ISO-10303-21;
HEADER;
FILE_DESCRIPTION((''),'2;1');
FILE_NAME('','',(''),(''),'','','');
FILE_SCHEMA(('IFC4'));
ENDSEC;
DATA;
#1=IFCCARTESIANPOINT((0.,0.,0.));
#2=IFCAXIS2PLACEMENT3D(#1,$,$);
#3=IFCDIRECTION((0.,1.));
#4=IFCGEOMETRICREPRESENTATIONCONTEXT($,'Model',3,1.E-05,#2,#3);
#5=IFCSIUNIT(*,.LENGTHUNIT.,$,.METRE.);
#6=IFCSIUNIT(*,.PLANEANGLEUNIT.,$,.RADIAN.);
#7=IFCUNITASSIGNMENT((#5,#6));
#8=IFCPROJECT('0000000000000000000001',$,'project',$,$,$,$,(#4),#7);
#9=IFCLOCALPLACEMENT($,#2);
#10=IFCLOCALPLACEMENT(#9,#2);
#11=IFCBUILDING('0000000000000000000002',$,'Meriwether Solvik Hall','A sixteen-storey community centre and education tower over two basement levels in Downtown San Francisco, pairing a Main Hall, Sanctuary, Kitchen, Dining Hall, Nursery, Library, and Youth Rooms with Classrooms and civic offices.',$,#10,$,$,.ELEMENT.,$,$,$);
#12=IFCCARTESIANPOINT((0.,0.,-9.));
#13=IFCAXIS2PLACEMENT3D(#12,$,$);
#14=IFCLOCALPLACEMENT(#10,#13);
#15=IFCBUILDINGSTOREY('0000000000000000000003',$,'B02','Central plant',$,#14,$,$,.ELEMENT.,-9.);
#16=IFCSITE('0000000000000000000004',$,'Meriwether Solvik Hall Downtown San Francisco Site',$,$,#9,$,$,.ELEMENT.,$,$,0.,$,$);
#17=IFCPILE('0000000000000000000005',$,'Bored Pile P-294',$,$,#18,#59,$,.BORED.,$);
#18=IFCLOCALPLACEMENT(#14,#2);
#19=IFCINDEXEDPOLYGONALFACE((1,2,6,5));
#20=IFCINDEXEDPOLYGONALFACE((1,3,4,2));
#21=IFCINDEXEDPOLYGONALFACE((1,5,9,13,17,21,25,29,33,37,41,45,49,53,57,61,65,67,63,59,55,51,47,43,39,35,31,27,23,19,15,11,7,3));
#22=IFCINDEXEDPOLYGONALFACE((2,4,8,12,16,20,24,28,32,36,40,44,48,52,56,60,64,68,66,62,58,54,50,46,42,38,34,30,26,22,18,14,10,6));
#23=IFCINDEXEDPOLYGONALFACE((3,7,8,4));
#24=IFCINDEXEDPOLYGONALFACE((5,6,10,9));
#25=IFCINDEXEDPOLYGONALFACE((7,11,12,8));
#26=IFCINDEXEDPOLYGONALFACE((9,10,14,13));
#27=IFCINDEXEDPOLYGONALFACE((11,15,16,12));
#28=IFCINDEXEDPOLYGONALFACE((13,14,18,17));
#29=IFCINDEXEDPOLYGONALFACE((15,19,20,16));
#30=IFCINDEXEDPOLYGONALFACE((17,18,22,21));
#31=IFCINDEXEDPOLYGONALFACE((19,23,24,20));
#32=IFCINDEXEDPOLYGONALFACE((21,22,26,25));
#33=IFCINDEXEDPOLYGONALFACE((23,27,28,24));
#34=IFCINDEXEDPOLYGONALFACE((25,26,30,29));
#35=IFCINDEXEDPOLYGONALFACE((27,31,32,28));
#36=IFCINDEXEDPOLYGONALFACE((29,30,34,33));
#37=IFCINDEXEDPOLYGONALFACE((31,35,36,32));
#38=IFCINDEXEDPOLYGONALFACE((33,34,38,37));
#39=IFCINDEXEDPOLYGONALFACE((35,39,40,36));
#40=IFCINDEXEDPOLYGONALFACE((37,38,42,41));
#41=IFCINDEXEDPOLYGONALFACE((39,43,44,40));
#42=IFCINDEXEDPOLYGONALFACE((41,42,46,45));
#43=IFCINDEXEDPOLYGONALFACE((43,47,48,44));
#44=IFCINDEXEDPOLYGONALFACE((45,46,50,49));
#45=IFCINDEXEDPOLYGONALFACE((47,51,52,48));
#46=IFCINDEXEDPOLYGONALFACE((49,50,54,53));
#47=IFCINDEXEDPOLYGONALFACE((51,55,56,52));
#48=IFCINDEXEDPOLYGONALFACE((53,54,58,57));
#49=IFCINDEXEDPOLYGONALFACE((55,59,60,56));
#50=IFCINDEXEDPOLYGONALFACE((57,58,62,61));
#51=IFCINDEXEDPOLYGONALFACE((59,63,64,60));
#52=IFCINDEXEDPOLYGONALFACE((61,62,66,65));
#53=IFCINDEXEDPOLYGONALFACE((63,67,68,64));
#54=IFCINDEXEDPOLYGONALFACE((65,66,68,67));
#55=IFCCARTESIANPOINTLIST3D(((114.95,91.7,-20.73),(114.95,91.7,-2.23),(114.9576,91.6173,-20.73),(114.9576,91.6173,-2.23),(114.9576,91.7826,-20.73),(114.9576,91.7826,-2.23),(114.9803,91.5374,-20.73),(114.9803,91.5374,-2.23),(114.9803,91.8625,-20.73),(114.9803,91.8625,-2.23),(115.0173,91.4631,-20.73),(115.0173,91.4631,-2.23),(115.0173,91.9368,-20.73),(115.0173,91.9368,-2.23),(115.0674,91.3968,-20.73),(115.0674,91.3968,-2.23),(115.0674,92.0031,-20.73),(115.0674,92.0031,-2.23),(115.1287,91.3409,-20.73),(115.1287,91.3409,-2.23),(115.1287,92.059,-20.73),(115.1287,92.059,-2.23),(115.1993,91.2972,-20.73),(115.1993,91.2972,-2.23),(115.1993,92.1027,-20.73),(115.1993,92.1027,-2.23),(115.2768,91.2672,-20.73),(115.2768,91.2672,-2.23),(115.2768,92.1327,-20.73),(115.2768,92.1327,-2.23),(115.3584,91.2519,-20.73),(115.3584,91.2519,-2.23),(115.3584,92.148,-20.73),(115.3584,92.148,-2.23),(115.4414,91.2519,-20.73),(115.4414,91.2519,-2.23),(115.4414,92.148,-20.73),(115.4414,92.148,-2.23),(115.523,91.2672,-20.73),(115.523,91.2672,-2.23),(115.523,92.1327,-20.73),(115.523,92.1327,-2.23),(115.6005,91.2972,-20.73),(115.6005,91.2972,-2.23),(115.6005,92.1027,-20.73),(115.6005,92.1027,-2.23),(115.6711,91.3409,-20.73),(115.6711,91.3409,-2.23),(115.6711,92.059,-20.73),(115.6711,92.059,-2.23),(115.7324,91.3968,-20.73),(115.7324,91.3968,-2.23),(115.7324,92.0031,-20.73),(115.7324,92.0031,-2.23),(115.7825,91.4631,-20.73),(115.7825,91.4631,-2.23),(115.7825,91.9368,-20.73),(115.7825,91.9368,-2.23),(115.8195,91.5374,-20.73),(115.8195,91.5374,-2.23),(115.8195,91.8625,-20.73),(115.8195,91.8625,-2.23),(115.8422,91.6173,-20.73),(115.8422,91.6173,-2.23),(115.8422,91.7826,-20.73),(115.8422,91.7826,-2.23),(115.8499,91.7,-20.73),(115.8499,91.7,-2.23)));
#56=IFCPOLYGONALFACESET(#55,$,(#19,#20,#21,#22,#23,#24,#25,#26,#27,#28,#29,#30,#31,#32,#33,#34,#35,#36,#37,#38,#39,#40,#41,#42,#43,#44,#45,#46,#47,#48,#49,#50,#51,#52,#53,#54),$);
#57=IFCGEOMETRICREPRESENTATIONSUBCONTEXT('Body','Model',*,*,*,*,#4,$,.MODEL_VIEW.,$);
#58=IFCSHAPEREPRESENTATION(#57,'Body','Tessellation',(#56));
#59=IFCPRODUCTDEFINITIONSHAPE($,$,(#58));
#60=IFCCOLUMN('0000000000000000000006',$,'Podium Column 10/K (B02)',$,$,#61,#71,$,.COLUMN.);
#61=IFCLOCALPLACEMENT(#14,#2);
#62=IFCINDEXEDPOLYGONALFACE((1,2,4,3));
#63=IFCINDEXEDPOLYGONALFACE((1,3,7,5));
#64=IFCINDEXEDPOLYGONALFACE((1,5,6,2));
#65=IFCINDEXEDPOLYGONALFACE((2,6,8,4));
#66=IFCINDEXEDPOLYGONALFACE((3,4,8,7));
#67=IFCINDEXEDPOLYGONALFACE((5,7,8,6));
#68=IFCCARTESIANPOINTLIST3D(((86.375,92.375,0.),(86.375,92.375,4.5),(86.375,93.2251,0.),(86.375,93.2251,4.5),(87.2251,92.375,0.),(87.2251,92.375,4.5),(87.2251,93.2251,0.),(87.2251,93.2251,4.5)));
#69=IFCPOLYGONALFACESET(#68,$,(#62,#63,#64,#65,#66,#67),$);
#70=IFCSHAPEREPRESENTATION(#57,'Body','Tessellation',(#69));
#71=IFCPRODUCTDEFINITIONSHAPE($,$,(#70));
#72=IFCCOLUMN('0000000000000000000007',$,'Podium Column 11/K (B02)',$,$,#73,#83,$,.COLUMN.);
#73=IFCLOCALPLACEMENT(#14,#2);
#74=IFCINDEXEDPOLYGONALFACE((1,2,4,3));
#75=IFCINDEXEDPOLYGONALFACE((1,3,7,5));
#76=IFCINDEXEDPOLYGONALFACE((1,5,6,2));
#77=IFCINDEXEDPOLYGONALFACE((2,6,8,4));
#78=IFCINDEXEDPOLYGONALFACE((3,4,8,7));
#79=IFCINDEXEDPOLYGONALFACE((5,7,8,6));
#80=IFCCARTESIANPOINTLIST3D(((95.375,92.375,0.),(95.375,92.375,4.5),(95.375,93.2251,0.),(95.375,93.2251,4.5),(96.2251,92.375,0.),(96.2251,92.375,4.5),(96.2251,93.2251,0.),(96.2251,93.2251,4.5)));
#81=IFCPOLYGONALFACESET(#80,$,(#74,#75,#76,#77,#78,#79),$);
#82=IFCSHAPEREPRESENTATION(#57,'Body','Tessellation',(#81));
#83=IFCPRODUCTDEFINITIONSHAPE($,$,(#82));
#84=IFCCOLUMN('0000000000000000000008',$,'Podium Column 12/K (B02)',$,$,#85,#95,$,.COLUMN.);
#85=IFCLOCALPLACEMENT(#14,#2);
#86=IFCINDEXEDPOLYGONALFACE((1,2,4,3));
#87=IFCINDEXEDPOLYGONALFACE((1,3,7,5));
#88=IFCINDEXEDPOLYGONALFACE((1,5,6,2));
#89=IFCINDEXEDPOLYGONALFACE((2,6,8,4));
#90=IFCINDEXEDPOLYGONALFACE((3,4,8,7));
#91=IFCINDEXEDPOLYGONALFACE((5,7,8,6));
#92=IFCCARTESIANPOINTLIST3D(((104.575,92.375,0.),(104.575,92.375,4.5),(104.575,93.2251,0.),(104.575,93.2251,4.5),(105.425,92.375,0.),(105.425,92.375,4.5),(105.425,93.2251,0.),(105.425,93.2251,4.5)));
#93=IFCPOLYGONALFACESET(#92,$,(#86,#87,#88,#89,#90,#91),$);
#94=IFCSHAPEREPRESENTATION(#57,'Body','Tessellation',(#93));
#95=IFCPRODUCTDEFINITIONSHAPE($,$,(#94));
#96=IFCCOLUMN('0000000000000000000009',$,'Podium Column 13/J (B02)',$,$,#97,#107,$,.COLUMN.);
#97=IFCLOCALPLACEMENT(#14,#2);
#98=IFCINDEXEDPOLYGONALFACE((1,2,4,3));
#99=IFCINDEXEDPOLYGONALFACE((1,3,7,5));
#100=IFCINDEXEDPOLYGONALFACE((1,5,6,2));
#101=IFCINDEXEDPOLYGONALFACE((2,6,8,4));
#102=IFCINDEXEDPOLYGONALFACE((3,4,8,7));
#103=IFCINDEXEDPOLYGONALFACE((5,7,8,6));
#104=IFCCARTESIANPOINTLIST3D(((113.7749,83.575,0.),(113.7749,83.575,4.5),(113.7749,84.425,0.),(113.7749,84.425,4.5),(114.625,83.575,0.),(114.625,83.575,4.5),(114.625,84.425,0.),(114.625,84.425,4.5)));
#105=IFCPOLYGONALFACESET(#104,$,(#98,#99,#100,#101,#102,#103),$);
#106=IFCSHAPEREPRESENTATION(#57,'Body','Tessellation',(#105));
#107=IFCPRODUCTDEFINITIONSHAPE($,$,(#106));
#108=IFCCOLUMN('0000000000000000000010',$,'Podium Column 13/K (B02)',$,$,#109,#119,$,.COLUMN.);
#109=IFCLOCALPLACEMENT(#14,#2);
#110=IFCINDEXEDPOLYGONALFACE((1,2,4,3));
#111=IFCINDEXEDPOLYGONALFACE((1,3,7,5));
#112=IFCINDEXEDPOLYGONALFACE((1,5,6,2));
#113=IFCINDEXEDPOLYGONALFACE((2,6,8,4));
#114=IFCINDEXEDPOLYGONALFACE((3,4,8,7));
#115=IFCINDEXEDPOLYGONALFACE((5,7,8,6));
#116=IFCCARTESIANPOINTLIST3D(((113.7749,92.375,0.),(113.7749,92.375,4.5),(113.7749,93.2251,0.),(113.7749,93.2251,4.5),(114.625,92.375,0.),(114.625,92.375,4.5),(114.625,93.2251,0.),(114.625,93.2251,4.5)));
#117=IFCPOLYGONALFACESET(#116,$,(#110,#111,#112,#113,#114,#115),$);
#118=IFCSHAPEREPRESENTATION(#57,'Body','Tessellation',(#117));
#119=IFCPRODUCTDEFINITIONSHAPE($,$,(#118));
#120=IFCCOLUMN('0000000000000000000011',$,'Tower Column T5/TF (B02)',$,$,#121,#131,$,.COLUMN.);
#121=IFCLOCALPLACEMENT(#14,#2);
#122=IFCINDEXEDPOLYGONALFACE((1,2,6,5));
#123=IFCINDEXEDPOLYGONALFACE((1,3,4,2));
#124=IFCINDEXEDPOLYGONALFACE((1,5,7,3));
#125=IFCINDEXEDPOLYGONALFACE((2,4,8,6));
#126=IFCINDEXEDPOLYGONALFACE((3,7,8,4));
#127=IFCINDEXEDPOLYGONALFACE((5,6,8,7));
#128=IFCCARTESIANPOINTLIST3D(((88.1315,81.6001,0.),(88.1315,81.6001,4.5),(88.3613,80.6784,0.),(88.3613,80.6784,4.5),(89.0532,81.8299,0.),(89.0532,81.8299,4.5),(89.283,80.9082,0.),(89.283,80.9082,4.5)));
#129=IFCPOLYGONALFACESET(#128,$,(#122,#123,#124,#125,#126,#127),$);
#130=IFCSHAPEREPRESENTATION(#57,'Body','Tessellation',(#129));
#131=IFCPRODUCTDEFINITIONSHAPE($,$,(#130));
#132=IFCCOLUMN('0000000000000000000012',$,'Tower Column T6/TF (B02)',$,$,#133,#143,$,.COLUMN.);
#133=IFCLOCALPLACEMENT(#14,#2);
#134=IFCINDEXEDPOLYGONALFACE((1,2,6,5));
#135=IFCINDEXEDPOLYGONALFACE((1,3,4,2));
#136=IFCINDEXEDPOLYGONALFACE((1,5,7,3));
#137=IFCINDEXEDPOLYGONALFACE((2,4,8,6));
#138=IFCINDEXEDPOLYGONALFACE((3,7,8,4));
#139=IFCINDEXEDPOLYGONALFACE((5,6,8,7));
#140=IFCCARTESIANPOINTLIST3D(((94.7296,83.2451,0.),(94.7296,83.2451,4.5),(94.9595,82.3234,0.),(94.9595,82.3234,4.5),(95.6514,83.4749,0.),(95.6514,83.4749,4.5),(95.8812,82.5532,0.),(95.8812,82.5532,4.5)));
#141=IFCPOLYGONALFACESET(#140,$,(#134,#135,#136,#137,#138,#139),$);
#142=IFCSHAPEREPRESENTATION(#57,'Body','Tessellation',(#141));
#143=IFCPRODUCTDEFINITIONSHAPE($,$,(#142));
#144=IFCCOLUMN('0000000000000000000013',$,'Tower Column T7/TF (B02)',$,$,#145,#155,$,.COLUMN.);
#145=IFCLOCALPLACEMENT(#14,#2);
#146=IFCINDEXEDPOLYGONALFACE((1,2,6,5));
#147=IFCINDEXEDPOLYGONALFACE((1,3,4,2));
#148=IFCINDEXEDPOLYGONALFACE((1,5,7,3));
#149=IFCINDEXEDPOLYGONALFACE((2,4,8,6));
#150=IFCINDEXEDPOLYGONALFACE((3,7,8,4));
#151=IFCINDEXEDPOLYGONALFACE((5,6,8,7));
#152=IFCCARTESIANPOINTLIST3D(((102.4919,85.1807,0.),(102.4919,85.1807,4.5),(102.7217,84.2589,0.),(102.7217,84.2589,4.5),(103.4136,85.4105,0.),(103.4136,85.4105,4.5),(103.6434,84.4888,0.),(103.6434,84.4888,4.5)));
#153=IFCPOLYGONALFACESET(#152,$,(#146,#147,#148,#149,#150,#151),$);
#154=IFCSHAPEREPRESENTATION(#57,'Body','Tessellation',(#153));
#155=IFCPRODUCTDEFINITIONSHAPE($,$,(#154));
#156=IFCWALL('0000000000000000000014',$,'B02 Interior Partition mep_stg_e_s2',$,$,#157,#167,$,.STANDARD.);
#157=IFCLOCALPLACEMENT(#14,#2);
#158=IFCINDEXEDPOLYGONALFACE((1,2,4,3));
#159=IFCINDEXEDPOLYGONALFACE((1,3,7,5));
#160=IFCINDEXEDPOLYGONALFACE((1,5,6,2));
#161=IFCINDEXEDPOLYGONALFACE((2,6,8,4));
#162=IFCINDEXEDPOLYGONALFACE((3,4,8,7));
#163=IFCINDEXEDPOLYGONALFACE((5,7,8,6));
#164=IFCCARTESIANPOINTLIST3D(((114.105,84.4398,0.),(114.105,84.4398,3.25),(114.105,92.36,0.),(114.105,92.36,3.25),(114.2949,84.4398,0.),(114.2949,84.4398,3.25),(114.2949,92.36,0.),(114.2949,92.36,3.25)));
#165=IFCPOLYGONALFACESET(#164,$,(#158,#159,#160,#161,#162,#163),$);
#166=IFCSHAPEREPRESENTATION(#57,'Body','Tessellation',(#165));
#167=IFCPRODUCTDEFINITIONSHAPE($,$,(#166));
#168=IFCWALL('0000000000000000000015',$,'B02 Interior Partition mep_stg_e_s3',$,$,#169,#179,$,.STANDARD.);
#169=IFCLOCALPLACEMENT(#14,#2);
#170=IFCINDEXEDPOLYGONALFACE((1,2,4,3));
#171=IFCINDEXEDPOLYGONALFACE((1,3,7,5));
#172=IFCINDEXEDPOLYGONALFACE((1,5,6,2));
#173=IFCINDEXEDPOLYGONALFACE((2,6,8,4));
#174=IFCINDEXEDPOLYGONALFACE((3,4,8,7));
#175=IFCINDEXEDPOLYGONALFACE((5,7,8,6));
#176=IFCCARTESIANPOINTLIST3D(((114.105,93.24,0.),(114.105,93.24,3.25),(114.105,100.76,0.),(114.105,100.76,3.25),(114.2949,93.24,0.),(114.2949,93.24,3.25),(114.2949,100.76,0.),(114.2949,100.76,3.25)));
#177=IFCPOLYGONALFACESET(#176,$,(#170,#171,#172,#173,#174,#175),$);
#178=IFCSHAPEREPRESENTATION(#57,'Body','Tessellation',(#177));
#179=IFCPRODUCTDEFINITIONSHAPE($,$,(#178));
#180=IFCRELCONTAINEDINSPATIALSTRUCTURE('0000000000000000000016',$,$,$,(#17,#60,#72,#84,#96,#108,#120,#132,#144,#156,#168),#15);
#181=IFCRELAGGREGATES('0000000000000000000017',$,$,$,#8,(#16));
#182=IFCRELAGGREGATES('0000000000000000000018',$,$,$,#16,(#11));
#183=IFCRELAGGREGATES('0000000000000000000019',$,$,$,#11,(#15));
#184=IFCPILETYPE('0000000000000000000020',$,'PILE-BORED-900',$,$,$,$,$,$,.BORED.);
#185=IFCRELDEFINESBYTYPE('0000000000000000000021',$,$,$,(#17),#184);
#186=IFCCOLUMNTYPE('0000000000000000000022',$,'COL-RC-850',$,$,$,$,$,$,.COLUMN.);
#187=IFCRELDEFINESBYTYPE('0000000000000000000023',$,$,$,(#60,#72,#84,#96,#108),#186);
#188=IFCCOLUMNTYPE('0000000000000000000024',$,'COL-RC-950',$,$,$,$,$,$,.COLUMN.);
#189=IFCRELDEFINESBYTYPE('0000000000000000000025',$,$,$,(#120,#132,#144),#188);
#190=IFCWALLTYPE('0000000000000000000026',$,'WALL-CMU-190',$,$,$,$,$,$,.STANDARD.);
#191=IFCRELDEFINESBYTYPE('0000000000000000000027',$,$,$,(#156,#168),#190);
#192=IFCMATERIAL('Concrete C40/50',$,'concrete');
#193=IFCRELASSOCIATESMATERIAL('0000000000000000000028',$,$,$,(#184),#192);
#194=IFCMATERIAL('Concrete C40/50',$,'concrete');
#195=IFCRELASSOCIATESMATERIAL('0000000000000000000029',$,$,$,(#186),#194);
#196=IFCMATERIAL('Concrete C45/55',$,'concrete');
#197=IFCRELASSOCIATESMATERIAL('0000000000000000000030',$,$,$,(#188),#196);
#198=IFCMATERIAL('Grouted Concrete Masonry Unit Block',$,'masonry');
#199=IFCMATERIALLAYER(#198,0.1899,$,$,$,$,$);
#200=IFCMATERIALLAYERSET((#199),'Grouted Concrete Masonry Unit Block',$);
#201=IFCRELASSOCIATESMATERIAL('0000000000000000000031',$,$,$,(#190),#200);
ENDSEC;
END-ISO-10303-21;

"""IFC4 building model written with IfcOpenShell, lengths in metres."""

from ifc_helpers import new_model, si_unit, direction, frame, frame_2d, origin, origin_2d, place, context, subcontext, project, spatial, rectangle, circle, extrude, material, layer, layer_set, material_profile, profile_set, type_object, element, save


model = new_model("IFC4")

# Units and contexts
model_context = context("Model", 3, precision=1e-05, world=origin(), true_north=direction((0.0, 1.0)))
body_context = subcontext(model_context, "Body", "Model", "MODEL_VIEW")
ifc_project = project(units=[si_unit("LENGTHUNIT", "METRE"), si_unit("PLANEANGLEUNIT", "RADIAN")], contexts=[model_context])

# Site, building, storey
site_placement = place(None, origin())
site = spatial("IfcSite", under=ifc_project, at=site_placement, Name="Meriwether Solvik Hall Downtown San Francisco Site", CompositionType="ELEMENT", RefElevation=0.0)
building_placement = place(site_placement, origin())
building = spatial("IfcBuilding", under=site, at=building_placement, Name="Meriwether Solvik Hall", Description="A sixteen-storey community centre and education tower over two basement levels in Downtown San Francisco, pairing a Main Hall, Sanctuary, Kitchen, Dining Hall, Nursery, Library, and Youth Rooms with Classrooms and civic offices.", CompositionType="ELEMENT")
storey_placement = place(building_placement, frame((0.0, 0.0, -9.0)))
storey = spatial("IfcBuildingStorey", under=building, at=storey_placement, Name="B02", Description="Central plant", CompositionType="ELEMENT", Elevation=-9.0)

# Pile
ifc_material_1 = material(Name="Concrete C40/50", Category="concrete")
ifc_material_profile_1 = material_profile(ifc_material_1, circle(Radius=0.45, at=origin_2d()), Name="PILE-D900")
ifc_profile_set_1 = profile_set([ifc_material_profile_1], Name="Concrete C40/50")
pile_type_1 = type_object("IfcPileType", Name="PILE-BORED-900", PredefinedType="BORED", material=ifc_profile_set_1)
for number, where, z_axis, x_axis, name in (
    (1, (115.3999, 91.7, -2.23), (0.0, 0.0, -1.0), (1.0, 0.0, 0.0), "Bored Pile P-294"),
):
    element("IfcPile", number, at=place(storey_placement, frame(where, z_axis=z_axis, x_axis=x_axis)), inside=storey, type_object=pile_type_1, Name=name, PredefinedType="BORED", context=body_context, shape_type="SweptSolid", body=[
        extrude(circle(Radius=0.45, at=origin_2d()), origin(), (0.0, 0.0, 1.0), 18.5),
    ])

# Columns
ifc_material_2 = material(Name="Concrete C40/50", Category="concrete")
ifc_material_profile_2 = material_profile(ifc_material_2, rectangle(XDim=0.8501, YDim=0.8501, at=origin_2d()), Name="RCC-850X850")
ifc_profile_set_2 = profile_set([ifc_material_profile_2], Name="Concrete C40/50")
column_type_1 = type_object("IfcColumnType", Name="COL-RC-850", PredefinedType="COLUMN", material=ifc_profile_set_2)
for number, where, z_axis, x_axis, name in (
    (2, (86.8, 92.8, 0.0), (0.0, 0.0, 1.0), (1.0, 0.0, 0.0), "Podium Column 10/K (B02)"),
    (3, (95.8, 92.8, 0.0), (0.0, 0.0, 1.0), (1.0, 0.0, 0.0), "Podium Column 11/K (B02)"),
    (4, (105.0, 92.8, 0.0), (0.0, 0.0, 1.0), (1.0, 0.0, 0.0), "Podium Column 12/K (B02)"),
    (5, (114.2, 84.0, 0.0), (0.0, 0.0, 1.0), (1.0, 0.0, 0.0), "Podium Column 13/J (B02)"),
    (6, (114.2, 92.8, 0.0), (0.0, 0.0, 1.0), (1.0, 0.0, 0.0), "Podium Column 13/K (B02)"),
):
    element("IfcColumn", number, at=place(storey_placement, frame(where, z_axis=z_axis, x_axis=x_axis)), inside=storey, type_object=column_type_1, Name=name, PredefinedType="COLUMN", context=body_context, shape_type="SweptSolid", body=[
        extrude(rectangle(XDim=0.8501, YDim=0.8501, at=origin_2d()), origin(), (0.0, 0.0, 1.0), 4.5),
    ])
ifc_material_3 = material(Name="Concrete C45/55", Category="concrete")
ifc_material_profile_3 = material_profile(ifc_material_3, rectangle(XDim=0.95, YDim=0.95, at=origin_2d()), Name="RCC-950X950")
ifc_profile_set_3 = profile_set([ifc_material_profile_3], Name="Concrete C45/55")
column_type_2 = type_object("IfcColumnType", Name="COL-RC-950", PredefinedType="COLUMN", material=ifc_profile_set_3)
for number, where, z_axis, x_axis, name in (
    (7, (88.7073, 81.2542, 0.0), (0.0, 0.0, 1.0), (0.970296, 0.241922, 0.0), "Tower Column T5/TF (B02)"),
    (8, (95.3054, 82.8992, 0.0), (0.0, 0.0, 1.0), (0.970296, 0.241922, 0.0), "Tower Column T6/TF (B02)"),
    (9, (103.0676, 84.8347, 0.0), (0.0, 0.0, 1.0), (0.970296, 0.241922, 0.0), "Tower Column T7/TF (B02)"),
):
    element("IfcColumn", number, at=place(storey_placement, frame(where, z_axis=z_axis, x_axis=x_axis)), inside=storey, type_object=column_type_2, Name=name, PredefinedType="COLUMN", context=body_context, shape_type="SweptSolid", body=[
        extrude(rectangle(XDim=0.95, YDim=0.95, at=origin_2d()), origin(), (0.0, 0.0, 1.0), 4.5),
    ])

# Walls
ifc_material_4 = material(Name="Grouted Concrete Masonry Unit Block", Category="masonry")
ifc_layer_1 = layer(ifc_material_4, 0.1899)
ifc_layer_set_1 = layer_set([ifc_layer_1], Name="Grouted Concrete Masonry Unit Block")
wall_type = type_object("IfcWallType", Name="WALL-CMU-190", PredefinedType="STANDARD", material=ifc_layer_set_1)
wall_1_placement = place(storey_placement, frame((114.2, 84.4399, 0.0), z_axis=(0.0, 0.0, 1.0), x_axis=(0.0, 1.0, 0.0)))
element("IfcWall", 10, at=wall_1_placement, inside=storey, type_object=wall_type, Name="B02 Interior Partition mep_stg_e_s2", PredefinedType="STANDARD", context=body_context, shape_type="SweptSolid", body=[
    extrude(rectangle(XDim=7.9202, YDim=0.1899, at=frame_2d((3.96, 0.0))), origin(), (0.0, 0.0, 1.0), 3.25),
])
wall_2_placement = place(storey_placement, frame((114.2, 93.24, 0.0), z_axis=(0.0, 0.0, 1.0), x_axis=(0.0, 1.0, 0.0)))
element("IfcWall", 11, at=wall_2_placement, inside=storey, type_object=wall_type, Name="B02 Interior Partition mep_stg_e_s3", PredefinedType="STANDARD", context=body_context, shape_type="SweptSolid", body=[
    extrude(rectangle(XDim=7.52, YDim=0.1899, at=frame_2d((3.76, 0.0))), origin(), (0.0, 0.0, 1.0), 3.25),
])

save(model, "model.ifc")
